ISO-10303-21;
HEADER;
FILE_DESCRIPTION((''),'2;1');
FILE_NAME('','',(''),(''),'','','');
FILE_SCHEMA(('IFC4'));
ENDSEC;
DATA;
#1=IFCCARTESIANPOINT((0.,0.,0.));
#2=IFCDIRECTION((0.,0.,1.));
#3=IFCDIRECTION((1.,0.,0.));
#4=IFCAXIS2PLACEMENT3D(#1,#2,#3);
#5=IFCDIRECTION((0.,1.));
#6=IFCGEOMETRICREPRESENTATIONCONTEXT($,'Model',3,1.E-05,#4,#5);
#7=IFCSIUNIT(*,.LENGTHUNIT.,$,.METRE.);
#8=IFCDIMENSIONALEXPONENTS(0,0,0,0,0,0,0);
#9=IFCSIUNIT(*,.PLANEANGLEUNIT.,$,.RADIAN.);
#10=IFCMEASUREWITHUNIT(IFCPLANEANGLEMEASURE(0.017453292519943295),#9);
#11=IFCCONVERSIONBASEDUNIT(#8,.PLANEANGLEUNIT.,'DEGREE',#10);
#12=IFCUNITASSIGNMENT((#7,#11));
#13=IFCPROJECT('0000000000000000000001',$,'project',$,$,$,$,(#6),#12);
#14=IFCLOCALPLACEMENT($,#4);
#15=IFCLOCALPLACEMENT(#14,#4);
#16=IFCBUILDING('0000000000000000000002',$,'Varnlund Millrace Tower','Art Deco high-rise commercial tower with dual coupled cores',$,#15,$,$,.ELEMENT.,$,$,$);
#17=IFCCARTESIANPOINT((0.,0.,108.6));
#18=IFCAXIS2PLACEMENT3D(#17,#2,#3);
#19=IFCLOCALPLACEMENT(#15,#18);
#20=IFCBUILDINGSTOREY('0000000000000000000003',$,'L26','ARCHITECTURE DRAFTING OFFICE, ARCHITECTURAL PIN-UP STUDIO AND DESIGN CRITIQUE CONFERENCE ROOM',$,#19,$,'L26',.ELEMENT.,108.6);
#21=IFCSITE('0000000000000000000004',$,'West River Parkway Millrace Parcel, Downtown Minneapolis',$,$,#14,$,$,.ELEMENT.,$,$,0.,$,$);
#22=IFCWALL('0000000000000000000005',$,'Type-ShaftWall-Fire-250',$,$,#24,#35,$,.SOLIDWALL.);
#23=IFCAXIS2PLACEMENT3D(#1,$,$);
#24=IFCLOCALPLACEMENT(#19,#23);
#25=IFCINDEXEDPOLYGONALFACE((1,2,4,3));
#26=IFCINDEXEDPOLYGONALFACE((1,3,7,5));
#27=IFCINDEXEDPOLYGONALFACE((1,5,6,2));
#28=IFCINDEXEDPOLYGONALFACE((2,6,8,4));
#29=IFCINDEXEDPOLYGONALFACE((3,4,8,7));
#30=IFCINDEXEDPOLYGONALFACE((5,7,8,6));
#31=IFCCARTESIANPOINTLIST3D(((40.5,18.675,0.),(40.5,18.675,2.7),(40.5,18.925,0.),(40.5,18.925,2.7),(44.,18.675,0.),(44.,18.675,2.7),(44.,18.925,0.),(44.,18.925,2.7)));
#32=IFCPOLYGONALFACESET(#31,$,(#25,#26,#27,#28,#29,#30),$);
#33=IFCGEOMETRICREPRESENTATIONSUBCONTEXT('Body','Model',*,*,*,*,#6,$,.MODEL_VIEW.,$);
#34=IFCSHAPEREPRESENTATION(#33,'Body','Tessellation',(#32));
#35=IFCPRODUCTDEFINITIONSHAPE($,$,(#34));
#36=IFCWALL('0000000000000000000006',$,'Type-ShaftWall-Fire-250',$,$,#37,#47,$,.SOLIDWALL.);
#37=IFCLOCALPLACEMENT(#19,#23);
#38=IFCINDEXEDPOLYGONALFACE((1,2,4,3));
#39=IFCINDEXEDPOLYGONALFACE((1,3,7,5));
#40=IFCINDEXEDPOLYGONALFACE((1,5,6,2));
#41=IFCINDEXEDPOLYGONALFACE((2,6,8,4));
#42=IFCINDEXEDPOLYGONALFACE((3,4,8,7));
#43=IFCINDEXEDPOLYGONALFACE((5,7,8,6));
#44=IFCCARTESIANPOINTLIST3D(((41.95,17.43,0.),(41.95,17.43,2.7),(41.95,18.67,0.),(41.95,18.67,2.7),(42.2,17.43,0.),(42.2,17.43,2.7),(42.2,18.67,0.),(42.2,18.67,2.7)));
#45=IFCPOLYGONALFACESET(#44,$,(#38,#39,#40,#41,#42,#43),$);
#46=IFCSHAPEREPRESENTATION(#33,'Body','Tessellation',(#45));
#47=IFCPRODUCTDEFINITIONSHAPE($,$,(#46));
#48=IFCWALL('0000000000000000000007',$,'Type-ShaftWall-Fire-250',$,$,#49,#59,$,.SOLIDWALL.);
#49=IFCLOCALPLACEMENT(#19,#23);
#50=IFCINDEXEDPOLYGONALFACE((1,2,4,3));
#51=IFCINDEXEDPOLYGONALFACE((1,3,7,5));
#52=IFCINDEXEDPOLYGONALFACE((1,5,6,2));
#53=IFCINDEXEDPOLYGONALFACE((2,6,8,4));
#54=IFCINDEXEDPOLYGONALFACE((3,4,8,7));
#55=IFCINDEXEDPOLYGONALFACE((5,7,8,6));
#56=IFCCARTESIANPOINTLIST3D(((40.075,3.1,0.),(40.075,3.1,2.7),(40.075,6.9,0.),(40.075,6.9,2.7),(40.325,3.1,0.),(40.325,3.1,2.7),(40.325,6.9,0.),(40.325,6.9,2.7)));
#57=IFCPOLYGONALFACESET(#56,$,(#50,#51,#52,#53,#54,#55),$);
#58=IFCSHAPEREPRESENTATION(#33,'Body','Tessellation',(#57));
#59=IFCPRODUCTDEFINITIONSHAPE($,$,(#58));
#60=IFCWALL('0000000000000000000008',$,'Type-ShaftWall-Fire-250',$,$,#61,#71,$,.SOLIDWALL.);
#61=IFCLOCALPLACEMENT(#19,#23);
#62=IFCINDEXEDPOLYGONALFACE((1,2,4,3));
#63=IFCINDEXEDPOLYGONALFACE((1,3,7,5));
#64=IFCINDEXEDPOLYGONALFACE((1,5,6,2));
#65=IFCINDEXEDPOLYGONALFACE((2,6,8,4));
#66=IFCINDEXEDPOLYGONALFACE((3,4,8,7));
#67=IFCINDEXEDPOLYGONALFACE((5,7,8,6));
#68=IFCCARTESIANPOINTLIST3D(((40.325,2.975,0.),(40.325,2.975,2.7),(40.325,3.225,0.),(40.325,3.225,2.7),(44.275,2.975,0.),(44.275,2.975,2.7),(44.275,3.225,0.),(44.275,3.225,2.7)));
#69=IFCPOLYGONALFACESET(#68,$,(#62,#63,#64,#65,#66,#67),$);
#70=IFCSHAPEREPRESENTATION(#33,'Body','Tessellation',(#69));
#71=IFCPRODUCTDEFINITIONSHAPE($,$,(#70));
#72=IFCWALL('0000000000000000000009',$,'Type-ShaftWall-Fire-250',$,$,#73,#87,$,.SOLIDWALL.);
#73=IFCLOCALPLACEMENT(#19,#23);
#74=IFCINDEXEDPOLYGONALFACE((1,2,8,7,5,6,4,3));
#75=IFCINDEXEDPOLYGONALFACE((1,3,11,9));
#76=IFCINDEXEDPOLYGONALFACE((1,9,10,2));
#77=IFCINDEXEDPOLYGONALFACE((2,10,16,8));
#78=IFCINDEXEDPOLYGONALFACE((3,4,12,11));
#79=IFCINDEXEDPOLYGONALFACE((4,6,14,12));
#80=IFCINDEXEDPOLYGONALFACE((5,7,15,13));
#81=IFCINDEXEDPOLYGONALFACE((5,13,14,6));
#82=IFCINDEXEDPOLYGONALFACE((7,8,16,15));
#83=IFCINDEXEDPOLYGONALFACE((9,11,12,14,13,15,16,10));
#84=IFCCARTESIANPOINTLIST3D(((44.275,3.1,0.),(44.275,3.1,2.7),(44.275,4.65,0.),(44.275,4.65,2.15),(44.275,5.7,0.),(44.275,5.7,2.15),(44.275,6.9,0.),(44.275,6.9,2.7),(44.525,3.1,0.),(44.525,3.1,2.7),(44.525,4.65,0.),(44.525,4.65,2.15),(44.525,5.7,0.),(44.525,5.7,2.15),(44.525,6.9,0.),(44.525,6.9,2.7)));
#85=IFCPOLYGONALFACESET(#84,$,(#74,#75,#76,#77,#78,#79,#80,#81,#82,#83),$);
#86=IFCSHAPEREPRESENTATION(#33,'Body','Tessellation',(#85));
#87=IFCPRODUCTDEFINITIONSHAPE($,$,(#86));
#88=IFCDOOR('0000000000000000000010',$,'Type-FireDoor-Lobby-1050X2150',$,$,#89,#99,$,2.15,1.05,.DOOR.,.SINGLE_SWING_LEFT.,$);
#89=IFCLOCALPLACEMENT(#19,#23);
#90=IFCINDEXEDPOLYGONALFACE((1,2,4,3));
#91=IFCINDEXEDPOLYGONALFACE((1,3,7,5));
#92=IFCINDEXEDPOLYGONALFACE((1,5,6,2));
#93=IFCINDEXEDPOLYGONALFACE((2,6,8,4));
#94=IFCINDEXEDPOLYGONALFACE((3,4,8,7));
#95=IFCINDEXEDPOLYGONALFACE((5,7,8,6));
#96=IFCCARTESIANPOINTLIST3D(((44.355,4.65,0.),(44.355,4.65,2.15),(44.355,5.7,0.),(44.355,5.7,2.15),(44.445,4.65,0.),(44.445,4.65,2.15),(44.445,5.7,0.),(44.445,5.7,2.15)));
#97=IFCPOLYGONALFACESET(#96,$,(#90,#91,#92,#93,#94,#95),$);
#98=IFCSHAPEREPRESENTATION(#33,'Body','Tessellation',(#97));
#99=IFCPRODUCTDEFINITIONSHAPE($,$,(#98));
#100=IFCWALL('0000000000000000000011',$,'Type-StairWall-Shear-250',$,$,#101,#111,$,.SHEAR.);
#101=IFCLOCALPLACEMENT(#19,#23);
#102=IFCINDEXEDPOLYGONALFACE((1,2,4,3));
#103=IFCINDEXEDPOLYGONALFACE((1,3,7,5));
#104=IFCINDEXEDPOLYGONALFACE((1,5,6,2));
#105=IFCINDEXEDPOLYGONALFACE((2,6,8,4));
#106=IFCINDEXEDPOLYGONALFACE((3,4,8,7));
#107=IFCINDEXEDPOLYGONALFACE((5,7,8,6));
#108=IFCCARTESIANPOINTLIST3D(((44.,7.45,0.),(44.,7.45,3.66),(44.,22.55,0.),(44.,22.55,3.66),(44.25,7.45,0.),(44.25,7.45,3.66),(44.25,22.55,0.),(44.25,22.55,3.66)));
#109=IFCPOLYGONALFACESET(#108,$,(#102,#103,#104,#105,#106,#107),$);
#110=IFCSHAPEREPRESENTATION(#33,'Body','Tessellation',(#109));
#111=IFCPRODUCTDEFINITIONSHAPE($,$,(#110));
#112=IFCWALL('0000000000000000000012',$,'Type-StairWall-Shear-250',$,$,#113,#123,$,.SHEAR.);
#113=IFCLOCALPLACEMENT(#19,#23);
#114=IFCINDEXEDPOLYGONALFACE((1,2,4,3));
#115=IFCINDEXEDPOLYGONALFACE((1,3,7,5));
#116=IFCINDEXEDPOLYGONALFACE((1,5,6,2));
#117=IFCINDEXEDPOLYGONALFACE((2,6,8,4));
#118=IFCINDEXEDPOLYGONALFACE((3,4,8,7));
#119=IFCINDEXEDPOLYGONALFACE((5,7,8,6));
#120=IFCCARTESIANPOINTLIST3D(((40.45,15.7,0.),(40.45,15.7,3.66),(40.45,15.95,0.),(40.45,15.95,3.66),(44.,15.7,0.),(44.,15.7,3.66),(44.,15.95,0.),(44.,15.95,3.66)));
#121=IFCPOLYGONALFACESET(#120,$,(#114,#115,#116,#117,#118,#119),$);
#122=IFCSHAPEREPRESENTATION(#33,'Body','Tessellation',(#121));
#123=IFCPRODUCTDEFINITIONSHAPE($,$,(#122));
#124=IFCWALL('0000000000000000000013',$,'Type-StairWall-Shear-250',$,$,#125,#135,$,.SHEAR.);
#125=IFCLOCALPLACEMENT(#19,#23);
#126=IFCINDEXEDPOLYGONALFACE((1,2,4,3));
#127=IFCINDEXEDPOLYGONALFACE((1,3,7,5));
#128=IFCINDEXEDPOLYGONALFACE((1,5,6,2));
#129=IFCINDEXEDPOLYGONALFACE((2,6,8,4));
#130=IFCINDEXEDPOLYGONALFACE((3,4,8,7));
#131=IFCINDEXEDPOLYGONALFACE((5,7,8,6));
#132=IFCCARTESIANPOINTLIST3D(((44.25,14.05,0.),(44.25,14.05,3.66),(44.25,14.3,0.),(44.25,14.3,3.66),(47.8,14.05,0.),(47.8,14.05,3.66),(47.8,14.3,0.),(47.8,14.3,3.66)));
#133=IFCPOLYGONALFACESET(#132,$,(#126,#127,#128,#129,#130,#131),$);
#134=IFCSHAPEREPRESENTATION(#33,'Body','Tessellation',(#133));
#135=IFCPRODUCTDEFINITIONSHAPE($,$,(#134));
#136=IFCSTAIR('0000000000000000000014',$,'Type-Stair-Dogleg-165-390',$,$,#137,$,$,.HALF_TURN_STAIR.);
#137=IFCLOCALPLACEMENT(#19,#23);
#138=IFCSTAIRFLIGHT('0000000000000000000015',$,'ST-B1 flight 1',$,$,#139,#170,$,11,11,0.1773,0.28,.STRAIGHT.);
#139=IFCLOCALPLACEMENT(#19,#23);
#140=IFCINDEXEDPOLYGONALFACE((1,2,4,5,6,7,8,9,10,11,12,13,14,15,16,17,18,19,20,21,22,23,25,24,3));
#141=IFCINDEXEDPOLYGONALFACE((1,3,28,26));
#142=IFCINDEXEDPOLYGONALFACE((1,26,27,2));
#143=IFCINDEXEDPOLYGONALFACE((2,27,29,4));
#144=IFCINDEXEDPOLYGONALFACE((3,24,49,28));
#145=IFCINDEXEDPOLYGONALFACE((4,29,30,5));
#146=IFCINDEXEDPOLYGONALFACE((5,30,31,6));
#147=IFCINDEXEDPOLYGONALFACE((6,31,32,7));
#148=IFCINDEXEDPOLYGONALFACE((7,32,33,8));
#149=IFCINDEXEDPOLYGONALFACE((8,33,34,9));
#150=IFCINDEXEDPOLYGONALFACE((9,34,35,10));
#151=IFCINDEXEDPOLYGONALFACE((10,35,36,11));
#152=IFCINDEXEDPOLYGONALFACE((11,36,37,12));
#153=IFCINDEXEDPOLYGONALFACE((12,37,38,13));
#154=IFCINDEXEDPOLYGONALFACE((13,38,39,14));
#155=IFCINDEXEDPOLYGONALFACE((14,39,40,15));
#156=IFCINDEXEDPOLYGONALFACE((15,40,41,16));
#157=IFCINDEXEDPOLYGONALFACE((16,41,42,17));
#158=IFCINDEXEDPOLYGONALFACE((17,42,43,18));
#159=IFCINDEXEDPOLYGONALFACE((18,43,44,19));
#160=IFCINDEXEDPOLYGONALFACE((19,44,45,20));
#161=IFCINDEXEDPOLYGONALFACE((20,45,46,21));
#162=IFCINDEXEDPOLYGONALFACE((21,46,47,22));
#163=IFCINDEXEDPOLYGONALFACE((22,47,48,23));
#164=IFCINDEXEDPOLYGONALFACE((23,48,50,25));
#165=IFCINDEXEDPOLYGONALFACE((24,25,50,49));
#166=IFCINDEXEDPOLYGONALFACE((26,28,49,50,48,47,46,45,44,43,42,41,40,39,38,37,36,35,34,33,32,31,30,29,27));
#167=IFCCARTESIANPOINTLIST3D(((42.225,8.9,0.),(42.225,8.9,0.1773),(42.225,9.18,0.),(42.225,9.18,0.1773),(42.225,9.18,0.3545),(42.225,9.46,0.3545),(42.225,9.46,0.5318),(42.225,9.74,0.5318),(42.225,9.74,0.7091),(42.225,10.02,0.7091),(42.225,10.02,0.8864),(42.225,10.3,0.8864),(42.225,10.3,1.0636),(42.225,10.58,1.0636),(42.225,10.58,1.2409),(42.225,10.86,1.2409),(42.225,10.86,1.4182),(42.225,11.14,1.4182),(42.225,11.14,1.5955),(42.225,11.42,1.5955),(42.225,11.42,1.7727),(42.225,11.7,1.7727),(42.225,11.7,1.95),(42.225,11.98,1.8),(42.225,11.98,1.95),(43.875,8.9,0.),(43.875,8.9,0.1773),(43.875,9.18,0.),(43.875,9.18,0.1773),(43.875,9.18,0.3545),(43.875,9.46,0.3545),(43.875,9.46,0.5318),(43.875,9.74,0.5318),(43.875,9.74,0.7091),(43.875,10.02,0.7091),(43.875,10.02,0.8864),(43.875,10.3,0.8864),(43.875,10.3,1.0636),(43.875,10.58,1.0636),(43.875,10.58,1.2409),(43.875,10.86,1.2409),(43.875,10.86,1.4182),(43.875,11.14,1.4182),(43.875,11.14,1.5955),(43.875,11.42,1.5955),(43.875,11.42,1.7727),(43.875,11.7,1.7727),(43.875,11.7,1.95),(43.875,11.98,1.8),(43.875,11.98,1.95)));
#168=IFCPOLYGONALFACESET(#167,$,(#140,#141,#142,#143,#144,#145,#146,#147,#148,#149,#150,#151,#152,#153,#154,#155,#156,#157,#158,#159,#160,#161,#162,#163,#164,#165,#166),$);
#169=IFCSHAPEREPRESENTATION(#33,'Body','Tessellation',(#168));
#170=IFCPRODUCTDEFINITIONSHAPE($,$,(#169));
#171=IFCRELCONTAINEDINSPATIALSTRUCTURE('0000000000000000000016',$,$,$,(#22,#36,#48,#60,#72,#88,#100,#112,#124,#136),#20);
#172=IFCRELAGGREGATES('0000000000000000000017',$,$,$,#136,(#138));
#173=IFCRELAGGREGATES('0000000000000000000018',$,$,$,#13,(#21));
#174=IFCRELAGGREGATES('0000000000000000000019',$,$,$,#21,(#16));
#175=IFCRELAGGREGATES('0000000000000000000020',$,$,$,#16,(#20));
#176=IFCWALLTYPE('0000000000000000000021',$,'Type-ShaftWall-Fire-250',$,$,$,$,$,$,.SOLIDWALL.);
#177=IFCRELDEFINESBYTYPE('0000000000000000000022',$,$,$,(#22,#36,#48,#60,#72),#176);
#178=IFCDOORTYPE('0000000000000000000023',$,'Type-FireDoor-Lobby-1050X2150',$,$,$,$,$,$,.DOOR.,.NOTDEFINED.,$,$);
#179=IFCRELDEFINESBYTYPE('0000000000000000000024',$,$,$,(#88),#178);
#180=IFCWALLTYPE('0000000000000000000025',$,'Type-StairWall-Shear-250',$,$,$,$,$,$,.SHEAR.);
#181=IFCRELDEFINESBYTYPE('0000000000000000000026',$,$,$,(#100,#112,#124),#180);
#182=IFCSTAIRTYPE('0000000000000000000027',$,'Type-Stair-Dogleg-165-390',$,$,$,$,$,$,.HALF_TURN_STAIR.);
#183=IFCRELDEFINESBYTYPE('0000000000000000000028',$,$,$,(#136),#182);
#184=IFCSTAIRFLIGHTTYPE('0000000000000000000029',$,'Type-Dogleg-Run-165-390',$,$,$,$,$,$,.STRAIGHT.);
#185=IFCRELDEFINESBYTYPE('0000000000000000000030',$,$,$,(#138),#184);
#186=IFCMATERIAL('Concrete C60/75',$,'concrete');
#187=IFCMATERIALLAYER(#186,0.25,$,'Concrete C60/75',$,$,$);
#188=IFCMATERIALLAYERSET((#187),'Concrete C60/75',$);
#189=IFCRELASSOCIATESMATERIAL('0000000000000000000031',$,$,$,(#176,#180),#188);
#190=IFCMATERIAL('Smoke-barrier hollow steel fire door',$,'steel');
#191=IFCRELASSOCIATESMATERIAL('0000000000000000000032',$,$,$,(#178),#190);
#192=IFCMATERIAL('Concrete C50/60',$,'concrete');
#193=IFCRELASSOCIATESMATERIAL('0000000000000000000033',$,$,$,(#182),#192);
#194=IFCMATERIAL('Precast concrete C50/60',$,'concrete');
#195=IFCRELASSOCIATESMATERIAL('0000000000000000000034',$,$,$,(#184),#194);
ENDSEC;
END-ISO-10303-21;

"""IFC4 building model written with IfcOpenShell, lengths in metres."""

from ifc_helpers import new_model, entity, si_unit, converted_unit, direction, frame, origin_with_axes, origin_2d_with_axis, place, context, subcontext, project, spatial, polyline, rectangle, outline, extrude, material, layer, layer_set, type_object, element, fill, aggregate, save


model = new_model("IFC4")

# Units and contexts
model_context = context("Model", 3, precision=1e-05, world=origin_with_axes(), true_north=direction((0.0, 1.0)))
body_context = subcontext(model_context, "Body", "Model", "MODEL_VIEW")
ifc_project = project(units=[si_unit("LENGTHUNIT", "METRE"), converted_unit("PLANEANGLEUNIT", "DEGREE", entity("IfcPlaneAngleMeasure", 0.017453292519943295), si_unit("PLANEANGLEUNIT", "RADIAN"), dimensions=[0, 0, 0, 0, 0, 0, 0])], contexts=[model_context])

# Site, building, storey
site_placement = place(None, origin_with_axes())
site = spatial("IfcSite", under=ifc_project, at=site_placement, Name="West River Parkway Millrace Parcel, Downtown Minneapolis", CompositionType="ELEMENT", RefElevation=0.0)
building_placement = place(site_placement, origin_with_axes())
building = spatial("IfcBuilding", under=site, at=building_placement, Name="Varnlund Millrace Tower", Description="Art Deco high-rise commercial tower with dual coupled cores", CompositionType="ELEMENT")
storey_placement = place(building_placement, frame((0.0, 0.0, 108.6), z_axis=(0.0, 0.0, 1.0), x_axis=(1.0, 0.0, 0.0)))
storey = spatial("IfcBuildingStorey", under=building, at=storey_placement, Name="L26", Description="ARCHITECTURE DRAFTING OFFICE, ARCHITECTURAL PIN-UP STUDIO AND DESIGN CRITIQUE CONFERENCE ROOM", LongName="L26", CompositionType="ELEMENT", Elevation=108.6)

# Walls
ifc_material_1 = material(Name="Concrete C60/75", Category="concrete")
ifc_layer_1 = layer(ifc_material_1, 0.25, Name="Concrete C60/75")
ifc_layer_set_1 = layer_set([ifc_layer_1], Name="Concrete C60/75")
wall_type_1 = type_object("IfcWallType", Name="Type-ShaftWall-Fire-250", PredefinedType="SOLIDWALL", material=ifc_layer_set_1)
for number, where, z_axis, x_axis, name in (
    (1, (40.5, 18.8, 0.0), (0.0, 0.0, 1.0), (1.0, 0.0, 0.0), "Type-ShaftWall-Fire-250"),
):
    element("IfcWall", number, at=place(storey_placement, frame(where, z_axis=z_axis, x_axis=x_axis)), inside=storey, type_object=wall_type_1, Name=name, PredefinedType="SOLIDWALL", context=body_context, shape_type="SweptSolid", body=[
        extrude(outline(polyline([(0.0, -0.125), (3.5, -0.125), (3.5, 0.125), (0.0, 0.125), (0.0, -0.125)])), origin_with_axes(), (0.0, 0.0, 1.0), 2.7),
    ])
wall_1_placement = place(storey_placement, frame((42.075, 17.43, 0.0), z_axis=(0.0, 0.0, 1.0), x_axis=(0.0, 1.0, 0.0)))
element("IfcWall", 2, at=wall_1_placement, inside=storey, type_object=wall_type_1, Name="Type-ShaftWall-Fire-250", PredefinedType="SOLIDWALL", context=body_context, shape_type="SweptSolid", body=[
    extrude(outline(polyline([(0.0, -0.125), (1.24, -0.125), (1.24, 0.125), (0.0, 0.125), (0.0, -0.125)])), origin_with_axes(), (0.0, 0.0, 1.0), 2.7),
])
wall_2_placement = place(storey_placement, frame((40.2, 3.1, 0.0), z_axis=(0.0, 0.0, 1.0), x_axis=(0.0, 1.0, 0.0)))
element("IfcWall", 3, at=wall_2_placement, inside=storey, type_object=wall_type_1, Name="Type-ShaftWall-Fire-250", PredefinedType="SOLIDWALL", context=body_context, shape_type="SweptSolid", body=[
    extrude(outline(polyline([(0.0, -0.125), (3.8, -0.125), (3.8, 0.125), (0.0, 0.125), (0.0, -0.125)])), origin_with_axes(), (0.0, 0.0, 1.0), 2.7),
])
wall_3_placement = place(storey_placement, frame((40.325, 3.1, 0.0), z_axis=(0.0, 0.0, 1.0), x_axis=(1.0, 0.0, 0.0)))
element("IfcWall", 4, at=wall_3_placement, inside=storey, type_object=wall_type_1, Name="Type-ShaftWall-Fire-250", PredefinedType="SOLIDWALL", context=body_context, shape_type="SweptSolid", body=[
    extrude(outline(polyline([(0.0, -0.125), (3.95, -0.125), (3.95, 0.125), (0.0, 0.125), (0.0, -0.125)])), origin_with_axes(), (0.0, 0.0, 1.0), 2.7),
])

# Wall, opening, door
wall_4_placement = place(storey_placement, frame((44.4, 3.1, 0.0), z_axis=(0.0, 0.0, 1.0), x_axis=(0.0, 1.0, 0.0)))
wall_4 = element("IfcWall", 5, at=wall_4_placement, inside=storey, type_object=wall_type_1, Name="Type-ShaftWall-Fire-250", PredefinedType="SOLIDWALL", context=body_context, shape_type="SweptSolid", body=[
    extrude(outline(polyline([(0.0, -0.125), (3.8, -0.125), (3.8, 0.125), (0.0, 0.125), (0.0, -0.125)])), origin_with_axes(), (0.0, 0.0, 1.0), 2.7),
])
opening_1_placement = place(wall_4_placement, frame((2.075, 0.0, 0.0), z_axis=(0.0, 0.0, 1.0), x_axis=(1.0, 0.0, 0.0)))
opening_1 = element("IfcOpeningElement", 6, at=opening_1_placement, cuts=wall_4, PredefinedType="OPENING", context=body_context, shape_type="SweptSolid", body=[
    extrude(rectangle(XDim=1.05, YDim=0.27, at=origin_2d_with_axis()), origin_with_axes(), (0.0, 0.0, 1.0), 2.15),
])
ifc_material_2 = material(Name="Smoke-barrier hollow steel fire door", Category="steel")
door_type_1 = type_object("IfcDoorType", Name="Type-FireDoor-Lobby-1050X2150", OperationType="NOTDEFINED", PredefinedType="DOOR", material=ifc_material_2)
door_1_placement = place(wall_4_placement, frame((2.075, 0.0, 0.0), z_axis=(0.0, 0.0, 1.0), x_axis=(1.0, 0.0, 0.0)))
door_1 = element("IfcDoor", 7, at=door_1_placement, inside=storey, type_object=door_type_1, Name="Type-FireDoor-Lobby-1050X2150", OperationType="SINGLE_SWING_LEFT", OverallHeight=2.15, OverallWidth=1.05, PredefinedType="DOOR", context=body_context, shape_type="SweptSolid", body=[
    extrude(rectangle(XDim=1.05, YDim=0.09, at=origin_2d_with_axis()), origin_with_axes(), (0.0, 0.0, 1.0), 2.15),
])
fill(opening_1, door_1)

# Walls
wall_type_2 = type_object("IfcWallType", Name="Type-StairWall-Shear-250", PredefinedType="SHEAR", material=ifc_layer_set_1)
wall_5_placement = place(storey_placement, frame((44.125, 7.45, 0.0), z_axis=(0.0, 0.0, 1.0), x_axis=(0.0, 1.0, 0.0)))
element("IfcWall", 8, at=wall_5_placement, inside=storey, type_object=wall_type_2, Name="Type-StairWall-Shear-250", PredefinedType="SHEAR", context=body_context, shape_type="SweptSolid", body=[
    extrude(outline(polyline([(0.0, -0.125), (15.1, -0.125), (15.1, 0.125), (0.0, 0.125), (0.0, -0.125)])), origin_with_axes(), (0.0, 0.0, 1.0), 3.66),
])
for number, where, z_axis, x_axis, name in (
    (9, (40.45, 15.825, 0.0), (0.0, 0.0, 1.0), (1.0, 0.0, 0.0), "Type-StairWall-Shear-250"),
    (10, (44.25, 14.175, 0.0), (0.0, 0.0, 1.0), (1.0, 0.0, 0.0), "Type-StairWall-Shear-250"),
):
    element("IfcWall", number, at=place(storey_placement, frame(where, z_axis=z_axis, x_axis=x_axis)), inside=storey, type_object=wall_type_2, Name=name, PredefinedType="SHEAR", context=body_context, shape_type="SweptSolid", body=[
        extrude(outline(polyline([(0.0, -0.125), (3.55, -0.125), (3.55, 0.125), (0.0, 0.125), (0.0, -0.125)])), origin_with_axes(), (0.0, 0.0, 1.0), 3.66),
    ])

# Stair, stair flight
ifc_material_3 = material(Name="Concrete C50/60", Category="concrete")
stair_type = type_object("IfcStairType", Name="Type-Stair-Dogleg-165-390", PredefinedType="HALF_TURN_STAIR", material=ifc_material_3)
stair_1_placement = place(storey_placement, origin_with_axes())
stair_1 = element("IfcStair", 11, at=stair_1_placement, inside=storey, type_object=stair_type, Name="Type-Stair-Dogleg-165-390", PredefinedType="HALF_TURN_STAIR")
ifc_material_4 = material(Name="Precast concrete C50/60", Category="concrete")
stair_flight_type = type_object("IfcStairFlightType", Name="Type-Dogleg-Run-165-390", PredefinedType="STRAIGHT", material=ifc_material_4)
stair_flight_1_placement = place(storey_placement, frame((42.225, 8.9, 0.0), z_axis=(1.0, 0.0, 0.0), x_axis=(0.0, 1.0, 0.0)))
stair_flight_1 = element("IfcStairFlight", 12, at=stair_flight_1_placement, type_object=stair_flight_type, Name="ST-B1 flight 1", NumberOfRisers=11, NumberOfTreads=11, PredefinedType="STRAIGHT", RiserHeight=0.1773, TreadLength=0.28, context=body_context, shape_type="SweptSolid", body=[
    extrude(outline(polyline([(0.0, 0.0), (0.0, 0.1773), (0.28, 0.1773), (0.28, 0.3545), (0.56, 0.3545), (0.56, 0.5318), (0.84, 0.5318), (0.84, 0.7091), (1.12, 0.7091), (1.12, 0.8864), (1.4, 0.8864), (1.4, 1.0636), (1.68, 1.0636), (1.68, 1.2409), (1.96, 1.2409), (1.96, 1.4182), (2.24, 1.4182), (2.24, 1.5955), (2.52, 1.5955), (2.52, 1.7727), (2.8, 1.7727), (2.8, 1.95), (3.08, 1.95), (3.08, 1.8), (0.28, 0.0), (0.0, 0.0)])), origin_with_axes(), (0.0, 0.0, 1.0), 1.65),
])
aggregate(stair_1, [stair_flight_1])

save(model, "model.ifc")
